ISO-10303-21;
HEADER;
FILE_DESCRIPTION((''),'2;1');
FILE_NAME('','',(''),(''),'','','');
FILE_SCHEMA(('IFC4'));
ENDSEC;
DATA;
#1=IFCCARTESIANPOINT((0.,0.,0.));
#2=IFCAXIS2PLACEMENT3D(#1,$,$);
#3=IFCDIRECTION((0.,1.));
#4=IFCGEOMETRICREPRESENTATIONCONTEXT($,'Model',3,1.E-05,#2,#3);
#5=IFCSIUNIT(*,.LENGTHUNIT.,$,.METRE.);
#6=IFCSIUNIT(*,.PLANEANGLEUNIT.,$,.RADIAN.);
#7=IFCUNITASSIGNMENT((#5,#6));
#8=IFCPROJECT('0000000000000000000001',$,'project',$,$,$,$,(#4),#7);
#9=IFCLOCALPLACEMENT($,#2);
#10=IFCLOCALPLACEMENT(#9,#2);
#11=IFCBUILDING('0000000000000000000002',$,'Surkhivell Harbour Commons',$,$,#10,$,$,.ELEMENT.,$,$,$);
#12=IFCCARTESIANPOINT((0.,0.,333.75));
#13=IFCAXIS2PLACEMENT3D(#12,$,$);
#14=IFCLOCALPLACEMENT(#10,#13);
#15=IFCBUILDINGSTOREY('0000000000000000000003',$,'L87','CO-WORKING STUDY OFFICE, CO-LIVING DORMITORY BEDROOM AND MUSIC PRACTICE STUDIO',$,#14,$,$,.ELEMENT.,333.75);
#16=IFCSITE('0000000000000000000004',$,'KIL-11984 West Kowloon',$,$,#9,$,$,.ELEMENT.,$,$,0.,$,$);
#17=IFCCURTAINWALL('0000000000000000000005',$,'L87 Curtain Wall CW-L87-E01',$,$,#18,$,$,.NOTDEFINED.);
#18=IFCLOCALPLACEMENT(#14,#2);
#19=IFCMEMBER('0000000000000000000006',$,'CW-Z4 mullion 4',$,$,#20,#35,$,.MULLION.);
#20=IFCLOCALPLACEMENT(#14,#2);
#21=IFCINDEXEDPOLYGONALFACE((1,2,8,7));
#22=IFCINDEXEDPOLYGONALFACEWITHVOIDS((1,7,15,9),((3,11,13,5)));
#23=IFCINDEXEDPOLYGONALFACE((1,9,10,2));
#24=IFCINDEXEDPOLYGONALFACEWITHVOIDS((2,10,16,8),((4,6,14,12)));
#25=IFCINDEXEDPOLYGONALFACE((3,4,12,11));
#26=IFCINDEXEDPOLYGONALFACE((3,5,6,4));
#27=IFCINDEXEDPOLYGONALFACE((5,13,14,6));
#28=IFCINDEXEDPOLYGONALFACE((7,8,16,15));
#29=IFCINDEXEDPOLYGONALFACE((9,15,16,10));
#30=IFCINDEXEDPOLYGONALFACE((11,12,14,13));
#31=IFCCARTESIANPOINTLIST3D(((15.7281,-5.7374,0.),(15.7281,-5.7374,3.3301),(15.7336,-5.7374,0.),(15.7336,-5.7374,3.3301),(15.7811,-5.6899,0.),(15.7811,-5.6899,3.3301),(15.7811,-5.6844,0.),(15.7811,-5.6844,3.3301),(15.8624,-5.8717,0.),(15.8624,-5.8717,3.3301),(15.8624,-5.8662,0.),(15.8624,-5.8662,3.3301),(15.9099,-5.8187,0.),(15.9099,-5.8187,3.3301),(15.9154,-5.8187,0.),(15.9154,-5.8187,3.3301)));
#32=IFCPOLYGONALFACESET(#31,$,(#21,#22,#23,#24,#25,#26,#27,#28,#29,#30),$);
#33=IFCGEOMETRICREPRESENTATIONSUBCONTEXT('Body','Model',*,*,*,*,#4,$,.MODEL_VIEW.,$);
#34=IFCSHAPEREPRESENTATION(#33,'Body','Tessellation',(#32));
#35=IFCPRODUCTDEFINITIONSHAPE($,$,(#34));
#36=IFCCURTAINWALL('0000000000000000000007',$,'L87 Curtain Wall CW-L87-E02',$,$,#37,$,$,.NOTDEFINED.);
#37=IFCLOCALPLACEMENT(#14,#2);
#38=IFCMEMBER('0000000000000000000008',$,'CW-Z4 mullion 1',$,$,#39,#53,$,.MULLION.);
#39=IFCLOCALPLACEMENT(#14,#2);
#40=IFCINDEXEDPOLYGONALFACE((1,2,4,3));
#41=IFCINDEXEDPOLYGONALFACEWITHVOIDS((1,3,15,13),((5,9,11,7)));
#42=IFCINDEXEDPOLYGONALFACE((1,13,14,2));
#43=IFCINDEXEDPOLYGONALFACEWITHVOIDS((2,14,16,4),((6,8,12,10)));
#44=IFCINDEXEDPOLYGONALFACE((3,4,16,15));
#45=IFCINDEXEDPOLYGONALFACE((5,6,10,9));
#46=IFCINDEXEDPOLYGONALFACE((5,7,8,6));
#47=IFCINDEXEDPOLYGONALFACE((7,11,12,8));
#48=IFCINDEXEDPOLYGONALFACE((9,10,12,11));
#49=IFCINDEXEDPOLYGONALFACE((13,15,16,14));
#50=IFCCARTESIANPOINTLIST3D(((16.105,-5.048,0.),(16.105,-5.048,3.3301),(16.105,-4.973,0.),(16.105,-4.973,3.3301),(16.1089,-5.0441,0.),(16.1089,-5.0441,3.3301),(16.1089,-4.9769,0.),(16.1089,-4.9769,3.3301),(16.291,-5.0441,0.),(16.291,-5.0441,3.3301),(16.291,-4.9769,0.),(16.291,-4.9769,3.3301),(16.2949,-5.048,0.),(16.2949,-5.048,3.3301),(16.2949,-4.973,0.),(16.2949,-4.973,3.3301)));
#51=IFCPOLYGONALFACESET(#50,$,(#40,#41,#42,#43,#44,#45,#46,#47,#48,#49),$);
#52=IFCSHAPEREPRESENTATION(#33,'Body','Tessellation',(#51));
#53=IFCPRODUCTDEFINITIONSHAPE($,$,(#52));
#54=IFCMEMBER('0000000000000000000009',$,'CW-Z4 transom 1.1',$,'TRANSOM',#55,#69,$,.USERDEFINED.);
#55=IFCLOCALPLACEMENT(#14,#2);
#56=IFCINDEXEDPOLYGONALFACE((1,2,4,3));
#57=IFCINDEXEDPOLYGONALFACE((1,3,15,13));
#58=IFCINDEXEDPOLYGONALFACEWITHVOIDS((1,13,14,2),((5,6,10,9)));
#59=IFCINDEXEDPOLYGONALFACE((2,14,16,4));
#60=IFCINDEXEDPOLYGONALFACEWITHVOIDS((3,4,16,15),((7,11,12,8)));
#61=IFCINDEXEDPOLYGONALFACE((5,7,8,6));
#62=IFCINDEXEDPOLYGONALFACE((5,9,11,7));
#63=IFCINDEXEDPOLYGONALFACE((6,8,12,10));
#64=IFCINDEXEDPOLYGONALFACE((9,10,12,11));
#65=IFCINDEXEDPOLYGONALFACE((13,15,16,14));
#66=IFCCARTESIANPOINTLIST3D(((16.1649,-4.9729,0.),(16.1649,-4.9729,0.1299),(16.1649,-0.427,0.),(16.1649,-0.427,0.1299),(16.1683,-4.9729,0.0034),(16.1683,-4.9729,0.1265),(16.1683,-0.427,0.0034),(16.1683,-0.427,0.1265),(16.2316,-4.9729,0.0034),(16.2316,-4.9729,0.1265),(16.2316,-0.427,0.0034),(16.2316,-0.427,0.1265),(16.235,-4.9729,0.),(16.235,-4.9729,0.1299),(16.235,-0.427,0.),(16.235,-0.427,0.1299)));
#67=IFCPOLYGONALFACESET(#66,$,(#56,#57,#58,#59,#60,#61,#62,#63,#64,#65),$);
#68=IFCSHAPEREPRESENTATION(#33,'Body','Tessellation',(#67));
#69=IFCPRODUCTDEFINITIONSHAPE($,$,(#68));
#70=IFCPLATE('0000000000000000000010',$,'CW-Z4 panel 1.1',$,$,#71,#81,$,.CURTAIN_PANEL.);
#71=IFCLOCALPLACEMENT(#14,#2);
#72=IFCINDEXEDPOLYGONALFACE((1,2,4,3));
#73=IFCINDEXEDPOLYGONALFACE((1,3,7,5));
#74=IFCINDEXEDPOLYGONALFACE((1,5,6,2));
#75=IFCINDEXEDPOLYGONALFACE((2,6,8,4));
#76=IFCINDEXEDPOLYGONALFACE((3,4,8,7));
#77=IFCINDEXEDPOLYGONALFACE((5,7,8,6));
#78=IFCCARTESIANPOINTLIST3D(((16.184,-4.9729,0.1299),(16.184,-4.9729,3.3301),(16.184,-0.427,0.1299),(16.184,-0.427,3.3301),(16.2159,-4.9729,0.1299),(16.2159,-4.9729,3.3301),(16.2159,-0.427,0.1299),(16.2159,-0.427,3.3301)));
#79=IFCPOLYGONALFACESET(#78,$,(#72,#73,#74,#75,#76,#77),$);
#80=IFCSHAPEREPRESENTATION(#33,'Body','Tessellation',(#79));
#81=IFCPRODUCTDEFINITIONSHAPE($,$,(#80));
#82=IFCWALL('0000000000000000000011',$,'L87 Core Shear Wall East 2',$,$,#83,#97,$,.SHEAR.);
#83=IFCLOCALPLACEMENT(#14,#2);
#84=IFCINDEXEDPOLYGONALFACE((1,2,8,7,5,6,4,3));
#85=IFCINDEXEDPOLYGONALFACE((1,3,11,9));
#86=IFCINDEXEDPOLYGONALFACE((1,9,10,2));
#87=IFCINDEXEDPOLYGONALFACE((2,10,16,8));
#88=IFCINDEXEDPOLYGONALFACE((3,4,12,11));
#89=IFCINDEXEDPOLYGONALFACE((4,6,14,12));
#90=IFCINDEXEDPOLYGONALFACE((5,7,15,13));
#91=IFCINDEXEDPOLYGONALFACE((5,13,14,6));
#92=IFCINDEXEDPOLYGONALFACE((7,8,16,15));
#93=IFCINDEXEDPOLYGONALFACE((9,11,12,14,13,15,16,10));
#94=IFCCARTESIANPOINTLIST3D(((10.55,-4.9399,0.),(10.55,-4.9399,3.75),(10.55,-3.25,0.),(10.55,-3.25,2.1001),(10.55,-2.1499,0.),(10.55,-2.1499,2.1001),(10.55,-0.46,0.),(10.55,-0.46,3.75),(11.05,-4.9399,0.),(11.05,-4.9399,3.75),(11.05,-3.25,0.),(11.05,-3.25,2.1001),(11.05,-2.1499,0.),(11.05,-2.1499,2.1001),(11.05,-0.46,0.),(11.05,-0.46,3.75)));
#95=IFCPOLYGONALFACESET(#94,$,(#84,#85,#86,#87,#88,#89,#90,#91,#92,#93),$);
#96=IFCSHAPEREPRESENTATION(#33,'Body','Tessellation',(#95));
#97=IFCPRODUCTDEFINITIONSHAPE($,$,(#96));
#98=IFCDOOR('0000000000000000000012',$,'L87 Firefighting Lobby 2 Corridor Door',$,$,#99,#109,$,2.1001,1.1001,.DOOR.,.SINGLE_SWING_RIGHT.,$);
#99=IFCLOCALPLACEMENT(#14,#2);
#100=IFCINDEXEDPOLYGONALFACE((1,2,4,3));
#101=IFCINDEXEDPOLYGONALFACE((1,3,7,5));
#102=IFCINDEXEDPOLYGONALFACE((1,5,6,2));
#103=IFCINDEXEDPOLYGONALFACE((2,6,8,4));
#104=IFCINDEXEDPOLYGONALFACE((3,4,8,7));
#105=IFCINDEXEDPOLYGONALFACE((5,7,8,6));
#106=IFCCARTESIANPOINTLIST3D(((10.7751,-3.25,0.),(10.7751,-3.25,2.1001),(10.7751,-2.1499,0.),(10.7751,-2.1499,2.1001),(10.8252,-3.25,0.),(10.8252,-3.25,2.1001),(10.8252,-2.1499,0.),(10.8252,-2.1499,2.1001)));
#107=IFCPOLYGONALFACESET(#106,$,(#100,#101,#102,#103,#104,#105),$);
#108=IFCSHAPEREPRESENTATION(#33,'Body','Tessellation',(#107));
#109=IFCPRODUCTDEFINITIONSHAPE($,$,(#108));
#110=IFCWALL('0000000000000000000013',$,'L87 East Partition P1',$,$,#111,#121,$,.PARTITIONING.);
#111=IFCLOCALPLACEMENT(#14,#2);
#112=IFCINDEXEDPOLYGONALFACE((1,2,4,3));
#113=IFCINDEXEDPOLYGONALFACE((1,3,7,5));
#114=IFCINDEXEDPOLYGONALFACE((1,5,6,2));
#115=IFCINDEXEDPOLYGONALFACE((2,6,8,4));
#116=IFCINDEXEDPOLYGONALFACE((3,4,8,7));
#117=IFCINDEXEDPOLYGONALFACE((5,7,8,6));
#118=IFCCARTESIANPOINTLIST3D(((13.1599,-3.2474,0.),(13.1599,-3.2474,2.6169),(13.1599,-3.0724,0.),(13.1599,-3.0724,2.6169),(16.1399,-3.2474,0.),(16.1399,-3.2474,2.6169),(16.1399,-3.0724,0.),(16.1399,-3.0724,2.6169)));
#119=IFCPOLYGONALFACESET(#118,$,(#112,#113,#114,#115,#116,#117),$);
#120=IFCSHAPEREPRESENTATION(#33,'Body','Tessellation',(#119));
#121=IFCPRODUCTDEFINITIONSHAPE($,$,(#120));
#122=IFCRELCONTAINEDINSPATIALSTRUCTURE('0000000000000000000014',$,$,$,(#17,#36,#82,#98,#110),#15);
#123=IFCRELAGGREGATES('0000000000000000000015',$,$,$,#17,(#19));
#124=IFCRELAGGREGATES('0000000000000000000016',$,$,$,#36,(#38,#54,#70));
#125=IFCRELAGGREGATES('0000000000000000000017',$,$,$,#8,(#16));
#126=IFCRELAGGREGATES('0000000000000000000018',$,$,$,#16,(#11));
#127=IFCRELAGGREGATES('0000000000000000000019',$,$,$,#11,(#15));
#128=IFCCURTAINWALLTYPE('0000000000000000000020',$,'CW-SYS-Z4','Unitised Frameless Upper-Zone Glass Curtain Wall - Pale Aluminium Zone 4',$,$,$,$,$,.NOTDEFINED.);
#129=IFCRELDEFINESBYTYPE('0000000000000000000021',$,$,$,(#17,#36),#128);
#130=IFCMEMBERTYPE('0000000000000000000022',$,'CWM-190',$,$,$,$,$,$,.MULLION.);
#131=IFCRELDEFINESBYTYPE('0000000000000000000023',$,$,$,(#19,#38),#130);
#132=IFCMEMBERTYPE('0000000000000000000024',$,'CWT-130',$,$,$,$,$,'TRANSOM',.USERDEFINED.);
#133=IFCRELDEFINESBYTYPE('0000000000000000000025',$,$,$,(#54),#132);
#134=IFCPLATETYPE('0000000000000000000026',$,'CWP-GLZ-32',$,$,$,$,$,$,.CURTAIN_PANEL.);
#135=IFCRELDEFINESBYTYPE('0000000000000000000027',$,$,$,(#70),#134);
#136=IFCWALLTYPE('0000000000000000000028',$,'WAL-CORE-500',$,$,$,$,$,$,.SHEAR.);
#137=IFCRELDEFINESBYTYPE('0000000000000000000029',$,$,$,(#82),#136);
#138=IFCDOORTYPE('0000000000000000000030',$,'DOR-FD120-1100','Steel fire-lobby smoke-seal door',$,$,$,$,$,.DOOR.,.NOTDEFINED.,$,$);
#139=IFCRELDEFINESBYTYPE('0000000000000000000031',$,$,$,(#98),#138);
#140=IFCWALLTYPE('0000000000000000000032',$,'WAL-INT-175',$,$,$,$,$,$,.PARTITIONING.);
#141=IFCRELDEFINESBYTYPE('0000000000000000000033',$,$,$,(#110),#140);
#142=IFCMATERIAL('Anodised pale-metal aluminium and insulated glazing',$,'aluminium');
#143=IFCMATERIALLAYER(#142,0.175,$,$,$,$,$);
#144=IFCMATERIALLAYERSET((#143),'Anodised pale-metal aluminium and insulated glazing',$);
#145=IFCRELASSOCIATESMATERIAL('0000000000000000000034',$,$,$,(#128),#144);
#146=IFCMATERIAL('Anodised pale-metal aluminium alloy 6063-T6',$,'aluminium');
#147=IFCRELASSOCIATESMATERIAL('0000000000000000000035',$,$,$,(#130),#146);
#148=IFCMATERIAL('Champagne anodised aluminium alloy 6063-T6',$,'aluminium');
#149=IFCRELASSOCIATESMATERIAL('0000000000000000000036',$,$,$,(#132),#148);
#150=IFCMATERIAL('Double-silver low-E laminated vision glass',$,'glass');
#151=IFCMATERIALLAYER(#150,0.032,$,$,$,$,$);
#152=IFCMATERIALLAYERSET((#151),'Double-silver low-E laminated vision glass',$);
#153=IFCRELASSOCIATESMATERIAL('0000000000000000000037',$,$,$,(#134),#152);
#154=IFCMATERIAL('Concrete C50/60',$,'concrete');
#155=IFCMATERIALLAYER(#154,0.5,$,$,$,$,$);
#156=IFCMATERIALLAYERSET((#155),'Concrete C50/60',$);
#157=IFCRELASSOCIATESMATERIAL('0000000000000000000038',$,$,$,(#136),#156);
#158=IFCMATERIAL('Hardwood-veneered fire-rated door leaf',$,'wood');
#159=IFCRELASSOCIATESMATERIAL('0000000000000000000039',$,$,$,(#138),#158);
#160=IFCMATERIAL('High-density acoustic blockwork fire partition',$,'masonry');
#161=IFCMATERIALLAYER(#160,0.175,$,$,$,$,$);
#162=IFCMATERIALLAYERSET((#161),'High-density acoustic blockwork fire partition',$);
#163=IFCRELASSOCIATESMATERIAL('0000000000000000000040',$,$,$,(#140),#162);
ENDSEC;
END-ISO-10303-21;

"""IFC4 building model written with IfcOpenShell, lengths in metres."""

from ifc_helpers import new_model, si_unit, direction, frame, frame_2d, origin, origin_2d, place, context, subcontext, project, spatial, rectangle, hollow_rectangle, extrude, material, layer, layer_set, material_profile, profile_set, type_object, element, fill, aggregate, save


model = new_model("IFC4")

# Units and contexts
model_context = context("Model", 3, precision=1e-05, world=origin(), true_north=direction((0.0, 1.0)))
body_context = subcontext(model_context, "Body", "Model", "MODEL_VIEW")
ifc_project = project(units=[si_unit("LENGTHUNIT", "METRE"), si_unit("PLANEANGLEUNIT", "RADIAN")], contexts=[model_context])

# Site, building, storey
site_placement = place(None, origin())
site = spatial("IfcSite", under=ifc_project, at=site_placement, Name="KIL-11984 West Kowloon", CompositionType="ELEMENT", RefElevation=0.0)
building_placement = place(site_placement, origin())
building = spatial("IfcBuilding", under=site, at=building_placement, Name="Surkhivell Harbour Commons", CompositionType="ELEMENT")
storey_placement = place(building_placement, frame((0.0, 0.0, 333.75)))
storey = spatial("IfcBuildingStorey", under=building, at=storey_placement, Name="L87", Description="CO-WORKING STUDY OFFICE, CO-LIVING DORMITORY BEDROOM AND MUSIC PRACTICE STUDIO", CompositionType="ELEMENT", Elevation=333.75)

# Shared definitions
ifc_material_1 = material(Name="Concrete C50/60", Category="concrete")

# Curtain wall, member
ifc_material_2 = material(Name="Anodised pale-metal aluminium and insulated glazing", Category="aluminium")
ifc_layer_1 = layer(ifc_material_2, 0.175)
ifc_layer_set_1 = layer_set([ifc_layer_1], Name="Anodised pale-metal aluminium and insulated glazing")
curtain_wall_type = type_object("IfcCurtainWallType", Name="CW-SYS-Z4", Description="Unitised Frameless Upper-Zone Glass Curtain Wall - Pale Aluminium Zone 4", PredefinedType="NOTDEFINED", material=ifc_layer_set_1)
curtain_wall_1_placement = place(storey_placement, origin())
curtain_wall_1 = element("IfcCurtainWall", 1, at=curtain_wall_1_placement, inside=storey, type_object=curtain_wall_type, Name="L87 Curtain Wall CW-L87-E01", PredefinedType="NOTDEFINED")
ifc_material_3 = material(Name="Anodised pale-metal aluminium alloy 6063-T6", Category="aluminium")
ifc_material_profile_1 = material_profile(ifc_material_3, hollow_rectangle(XDim=0.075, YDim=0.1899, WallThickness=0.0039, at=origin_2d()), Name="ALU-MULL-75x190")
ifc_profile_set_1 = profile_set([ifc_material_profile_1], Name="Anodised pale-metal aluminium alloy 6063-T6")
member_type_1 = type_object("IfcMemberType", Name="CWM-190", PredefinedType="MULLION", material=ifc_profile_set_1)
member_1_placement = place(storey_placement, frame((15.8218, -5.7781, 0.0), z_axis=(0.0, 0.0, 1.0), x_axis=(0.707107, 0.707107, 0.0)))
member_1 = element("IfcMember", 2, at=member_1_placement, type_object=member_type_1, Name="CW-Z4 mullion 4", PredefinedType="MULLION", context=body_context, shape_type="SweptSolid", body=[
    extrude(hollow_rectangle(XDim=0.075, YDim=0.1899, WallThickness=0.0039, at=origin_2d()), origin(), (0.0, 0.0, 1.0), 3.3301),
])
aggregate(curtain_wall_1, [member_1])

# Curtain wall, members, plate
curtain_wall_2_placement = place(storey_placement, origin())
curtain_wall_2 = element("IfcCurtainWall", 3, at=curtain_wall_2_placement, inside=storey, type_object=curtain_wall_type, Name="L87 Curtain Wall CW-L87-E02", PredefinedType="NOTDEFINED")
member_2_placement = place(storey_placement, frame((16.2, -5.0105, 0.0), z_axis=(0.0, 0.0, 1.0), x_axis=(0.0, 1.0, 0.0)))
member_2 = element("IfcMember", 4, at=member_2_placement, type_object=member_type_1, Name="CW-Z4 mullion 1", PredefinedType="MULLION", context=body_context, shape_type="SweptSolid", body=[
    extrude(hollow_rectangle(XDim=0.075, YDim=0.1899, WallThickness=0.0039, at=origin_2d()), origin(), (0.0, 0.0, 1.0), 3.3301),
])
ifc_material_4 = material(Name="Champagne anodised aluminium alloy 6063-T6", Category="aluminium")
ifc_material_profile_2 = material_profile(ifc_material_4, hollow_rectangle(XDim=0.0701, YDim=0.1299, WallThickness=0.0034, at=origin_2d()), Name="ALU-TRAN-70x130")
ifc_profile_set_2 = profile_set([ifc_material_profile_2], Name="Champagne anodised aluminium alloy 6063-T6")
member_type_2 = type_object("IfcMemberType", Name="CWT-130", ElementType="TRANSOM", PredefinedType="USERDEFINED", material=ifc_profile_set_2)
member_3_placement = place(storey_placement, frame((16.2, -4.9729, 0.0649), z_axis=(0.0, 1.0, 0.0), x_axis=(-1.0, 0.0, 0.0)))
member_3 = element("IfcMember", 5, at=member_3_placement, type_object=member_type_2, Name="CW-Z4 transom 1.1", ObjectType="TRANSOM", PredefinedType="USERDEFINED", context=body_context, shape_type="SweptSolid", body=[
    extrude(hollow_rectangle(XDim=0.0701, YDim=0.1299, WallThickness=0.0034, at=origin_2d()), origin(), (0.0, 0.0, 1.0), 4.5459),
])
ifc_material_5 = material(Name="Double-silver low-E laminated vision glass", Category="glass")
ifc_layer_2 = layer(ifc_material_5, 0.032)
ifc_layer_set_2 = layer_set([ifc_layer_2], Name="Double-silver low-E laminated vision glass")
plate_type = type_object("IfcPlateType", Name="CWP-GLZ-32", PredefinedType="CURTAIN_PANEL", material=ifc_layer_set_2)
plate_placement = place(storey_placement, frame((16.2, -4.9729, 0.1299), z_axis=(0.0, 0.0, 1.0), x_axis=(0.0, 1.0, 0.0)))
plate = element("IfcPlate", 6, at=plate_placement, type_object=plate_type, Name="CW-Z4 panel 1.1", PredefinedType="CURTAIN_PANEL", context=body_context, shape_type="SweptSolid", body=[
    extrude(rectangle(XDim=4.5459, YDim=0.032, at=frame_2d((2.2729, 0.0))), origin(), (0.0, 0.0, 1.0), 3.2002),
])
aggregate(curtain_wall_2, [member_2, member_3, plate])

# Wall, opening, door
ifc_layer_3 = layer(ifc_material_1, 0.5)
ifc_layer_set_3 = layer_set([ifc_layer_3], Name="Concrete C50/60")
wall_type_1 = type_object("IfcWallType", Name="WAL-CORE-500", PredefinedType="SHEAR", material=ifc_layer_set_3)
wall_1_placement = place(storey_placement, frame((10.8, -4.9399, 0.0), z_axis=(0.0, 0.0, 1.0), x_axis=(0.0, 1.0, 0.0)))
wall_1 = element("IfcWall", 7, at=wall_1_placement, inside=storey, type_object=wall_type_1, Name="L87 Core Shear Wall East 2", PredefinedType="SHEAR", context=body_context, shape_type="SweptSolid", body=[
    extrude(rectangle(XDim=4.48, YDim=0.5, at=frame_2d((2.24, 0.0))), origin(), (0.0, 0.0, 1.0), 3.75),
])
opening_1_placement = place(wall_1_placement, frame((1.6899, 0.0, 0.0)))
opening_1 = element("IfcOpeningElement", 8, at=opening_1_placement, cuts=wall_1, PredefinedType="OPENING", context=body_context, shape_type="SweptSolid", body=[
    extrude(rectangle(XDim=1.1001, YDim=2.1001, at=frame_2d((0.55, 1.05))), frame((0.0, 0.26, 0.0), z_axis=(0.0, -1.0, 0.0), x_axis=(1.0, 0.0, 0.0)), (0.0, 0.0, 1.0), 0.52),
])
ifc_material_6 = material(Name="Hardwood-veneered fire-rated door leaf", Category="wood")
door_type_1 = type_object("IfcDoorType", Name="DOR-FD120-1100", Description="Steel fire-lobby smoke-seal door", OperationType="NOTDEFINED", PredefinedType="DOOR", material=ifc_material_6)
door_1_placement = place(opening_1_placement, origin())
door_1 = element("IfcDoor", 9, at=door_1_placement, inside=storey, type_object=door_type_1, Name="L87 Firefighting Lobby 2 Corridor Door", OperationType="SINGLE_SWING_RIGHT", OverallHeight=2.1001, OverallWidth=1.1001, PredefinedType="DOOR", context=body_context, shape_type="SweptSolid", body=[
    extrude(rectangle(XDim=1.1001, YDim=2.1001, at=frame_2d((0.55, 1.05))), frame((0.0, 0.0249, 0.0), z_axis=(0.0, -1.0, 0.0), x_axis=(1.0, 0.0, 0.0)), (0.0, 0.0, 1.0), 0.05),
])
fill(opening_1, door_1)

# Wall
ifc_material_7 = material(Name="High-density acoustic blockwork fire partition", Category="masonry")
ifc_layer_4 = layer(ifc_material_7, 0.175)
ifc_layer_set_4 = layer_set([ifc_layer_4], Name="High-density acoustic blockwork fire partition")
wall_type_2 = type_object("IfcWallType", Name="WAL-INT-175", PredefinedType="PARTITIONING", material=ifc_layer_set_4)
wall_2_placement = place(storey_placement, frame((13.1599, -3.1599, 0.0), z_axis=(0.0, 0.0, 1.0), x_axis=(1.0, 0.0, 0.0)))
element("IfcWall", 10, at=wall_2_placement, inside=storey, type_object=wall_type_2, Name="L87 East Partition P1", PredefinedType="PARTITIONING", context=body_context, shape_type="SweptSolid", body=[
    extrude(rectangle(XDim=2.98, YDim=0.175, at=frame_2d((1.49, 0.0))), origin(), (0.0, 0.0, 1.0), 2.6169),
])

save(model, "model.ifc")
